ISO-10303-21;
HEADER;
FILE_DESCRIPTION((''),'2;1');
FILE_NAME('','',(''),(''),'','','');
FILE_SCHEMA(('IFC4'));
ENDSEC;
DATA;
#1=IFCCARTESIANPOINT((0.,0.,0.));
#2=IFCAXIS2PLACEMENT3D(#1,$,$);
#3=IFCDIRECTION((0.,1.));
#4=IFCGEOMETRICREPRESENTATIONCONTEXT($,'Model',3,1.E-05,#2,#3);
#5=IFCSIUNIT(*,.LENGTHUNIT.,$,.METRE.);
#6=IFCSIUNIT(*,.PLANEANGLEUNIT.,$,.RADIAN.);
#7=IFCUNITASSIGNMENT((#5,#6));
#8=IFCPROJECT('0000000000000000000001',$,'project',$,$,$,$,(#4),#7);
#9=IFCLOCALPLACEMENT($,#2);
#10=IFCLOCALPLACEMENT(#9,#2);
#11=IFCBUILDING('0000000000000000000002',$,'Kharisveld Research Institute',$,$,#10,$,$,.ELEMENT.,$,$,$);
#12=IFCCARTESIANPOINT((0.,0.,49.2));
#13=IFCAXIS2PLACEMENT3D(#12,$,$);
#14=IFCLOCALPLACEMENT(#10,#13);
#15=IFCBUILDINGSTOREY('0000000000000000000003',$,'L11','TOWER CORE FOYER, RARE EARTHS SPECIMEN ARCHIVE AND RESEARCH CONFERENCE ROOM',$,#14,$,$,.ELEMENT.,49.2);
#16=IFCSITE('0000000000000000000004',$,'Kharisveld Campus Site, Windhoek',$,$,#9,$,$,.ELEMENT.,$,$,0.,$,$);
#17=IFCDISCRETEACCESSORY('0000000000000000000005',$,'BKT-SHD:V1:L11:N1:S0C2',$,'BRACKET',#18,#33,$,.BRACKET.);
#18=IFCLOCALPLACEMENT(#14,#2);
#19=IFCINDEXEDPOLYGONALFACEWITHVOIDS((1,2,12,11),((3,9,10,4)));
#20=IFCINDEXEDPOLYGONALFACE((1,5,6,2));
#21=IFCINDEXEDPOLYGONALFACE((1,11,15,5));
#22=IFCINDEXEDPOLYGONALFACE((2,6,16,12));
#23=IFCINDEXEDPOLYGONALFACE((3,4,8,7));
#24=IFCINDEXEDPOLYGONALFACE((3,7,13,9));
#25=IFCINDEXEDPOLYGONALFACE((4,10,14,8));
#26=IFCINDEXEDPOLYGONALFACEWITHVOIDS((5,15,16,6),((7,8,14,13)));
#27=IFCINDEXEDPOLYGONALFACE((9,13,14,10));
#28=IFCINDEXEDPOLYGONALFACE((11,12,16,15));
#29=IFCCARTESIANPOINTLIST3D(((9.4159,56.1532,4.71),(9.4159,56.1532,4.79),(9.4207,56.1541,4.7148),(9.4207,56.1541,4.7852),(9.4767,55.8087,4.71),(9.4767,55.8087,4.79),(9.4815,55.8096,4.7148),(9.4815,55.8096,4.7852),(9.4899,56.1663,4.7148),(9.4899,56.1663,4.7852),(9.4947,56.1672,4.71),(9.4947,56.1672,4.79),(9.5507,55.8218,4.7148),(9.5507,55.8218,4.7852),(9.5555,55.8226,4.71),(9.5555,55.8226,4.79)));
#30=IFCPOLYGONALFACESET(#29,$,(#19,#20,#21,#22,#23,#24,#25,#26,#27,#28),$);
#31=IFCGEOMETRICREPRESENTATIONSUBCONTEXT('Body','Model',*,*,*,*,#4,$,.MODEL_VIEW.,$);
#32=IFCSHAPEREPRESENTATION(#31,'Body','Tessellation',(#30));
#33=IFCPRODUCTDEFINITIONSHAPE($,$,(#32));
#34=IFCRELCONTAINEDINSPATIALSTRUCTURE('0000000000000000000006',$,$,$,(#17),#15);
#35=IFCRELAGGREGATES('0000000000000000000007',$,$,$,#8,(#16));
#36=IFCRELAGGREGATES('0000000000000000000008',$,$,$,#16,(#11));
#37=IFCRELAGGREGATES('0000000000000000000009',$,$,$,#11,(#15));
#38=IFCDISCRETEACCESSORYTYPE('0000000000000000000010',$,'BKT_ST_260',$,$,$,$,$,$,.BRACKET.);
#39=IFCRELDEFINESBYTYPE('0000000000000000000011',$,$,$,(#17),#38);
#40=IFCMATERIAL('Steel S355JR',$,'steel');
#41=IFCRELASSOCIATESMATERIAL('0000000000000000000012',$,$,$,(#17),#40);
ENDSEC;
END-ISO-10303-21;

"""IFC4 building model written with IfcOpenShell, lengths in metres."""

from ifc_helpers import new_model, si_unit, direction, frame, origin, origin_2d, place, context, subcontext, project, spatial, hollow_rectangle, extrude, material, type_object, element, save


model = new_model("IFC4")

# Units and contexts
model_context = context("Model", 3, precision=1e-05, world=origin(), true_north=direction((0.0, 1.0)))
body_context = subcontext(model_context, "Body", "Model", "MODEL_VIEW")
ifc_project = project(units=[si_unit("LENGTHUNIT", "METRE"), si_unit("PLANEANGLEUNIT", "RADIAN")], contexts=[model_context])

# Site, building, storey
site_placement = place(None, origin())
site = spatial("IfcSite", under=ifc_project, at=site_placement, Name="Kharisveld Campus Site, Windhoek", CompositionType="ELEMENT", RefElevation=0.0)
building_placement = place(site_placement, origin())
building = spatial("IfcBuilding", under=site, at=building_placement, Name="Kharisveld Research Institute", CompositionType="ELEMENT")
storey_placement = place(building_placement, frame((0.0, 0.0, 49.2)))
storey = spatial("IfcBuildingStorey", under=building, at=storey_placement, Name="L11", Description="TOWER CORE FOYER, RARE EARTHS SPECIMEN ARCHIVE AND RESEARCH CONFERENCE ROOM", CompositionType="ELEMENT", Elevation=49.2)

# Discrete accessory
ifc_material_1 = material(Name="Steel S355JR", Category="steel")
discrete_accessory_type = type_object("IfcDiscreteAccessoryType", Name="BKT_ST_260", PredefinedType="BRACKET")
for number, where, z_axis, x_axis, name in (
    (1, (9.5161, 55.8157, 4.75), (-0.173785, 0.984784, 0.0), (-0.984784, -0.173785, 0.0), "BKT-SHD:V1:L11:N1:S0C2"),
):
    element("IfcDiscreteAccessory", number, at=place(storey_placement, frame(where, z_axis=z_axis, x_axis=x_axis)), inside=storey, type_object=discrete_accessory_type, material=ifc_material_1, Name=name, ObjectType="BRACKET", PredefinedType="BRACKET", context=body_context, shape_type="SweptSolid", body=[
        extrude(hollow_rectangle(XDim=0.0801, YDim=0.0801, WallThickness=0.0049, at=origin_2d()), origin(), (0.0, 0.0, 1.0), 0.3499),
    ])

save(model, "model.ifc")
